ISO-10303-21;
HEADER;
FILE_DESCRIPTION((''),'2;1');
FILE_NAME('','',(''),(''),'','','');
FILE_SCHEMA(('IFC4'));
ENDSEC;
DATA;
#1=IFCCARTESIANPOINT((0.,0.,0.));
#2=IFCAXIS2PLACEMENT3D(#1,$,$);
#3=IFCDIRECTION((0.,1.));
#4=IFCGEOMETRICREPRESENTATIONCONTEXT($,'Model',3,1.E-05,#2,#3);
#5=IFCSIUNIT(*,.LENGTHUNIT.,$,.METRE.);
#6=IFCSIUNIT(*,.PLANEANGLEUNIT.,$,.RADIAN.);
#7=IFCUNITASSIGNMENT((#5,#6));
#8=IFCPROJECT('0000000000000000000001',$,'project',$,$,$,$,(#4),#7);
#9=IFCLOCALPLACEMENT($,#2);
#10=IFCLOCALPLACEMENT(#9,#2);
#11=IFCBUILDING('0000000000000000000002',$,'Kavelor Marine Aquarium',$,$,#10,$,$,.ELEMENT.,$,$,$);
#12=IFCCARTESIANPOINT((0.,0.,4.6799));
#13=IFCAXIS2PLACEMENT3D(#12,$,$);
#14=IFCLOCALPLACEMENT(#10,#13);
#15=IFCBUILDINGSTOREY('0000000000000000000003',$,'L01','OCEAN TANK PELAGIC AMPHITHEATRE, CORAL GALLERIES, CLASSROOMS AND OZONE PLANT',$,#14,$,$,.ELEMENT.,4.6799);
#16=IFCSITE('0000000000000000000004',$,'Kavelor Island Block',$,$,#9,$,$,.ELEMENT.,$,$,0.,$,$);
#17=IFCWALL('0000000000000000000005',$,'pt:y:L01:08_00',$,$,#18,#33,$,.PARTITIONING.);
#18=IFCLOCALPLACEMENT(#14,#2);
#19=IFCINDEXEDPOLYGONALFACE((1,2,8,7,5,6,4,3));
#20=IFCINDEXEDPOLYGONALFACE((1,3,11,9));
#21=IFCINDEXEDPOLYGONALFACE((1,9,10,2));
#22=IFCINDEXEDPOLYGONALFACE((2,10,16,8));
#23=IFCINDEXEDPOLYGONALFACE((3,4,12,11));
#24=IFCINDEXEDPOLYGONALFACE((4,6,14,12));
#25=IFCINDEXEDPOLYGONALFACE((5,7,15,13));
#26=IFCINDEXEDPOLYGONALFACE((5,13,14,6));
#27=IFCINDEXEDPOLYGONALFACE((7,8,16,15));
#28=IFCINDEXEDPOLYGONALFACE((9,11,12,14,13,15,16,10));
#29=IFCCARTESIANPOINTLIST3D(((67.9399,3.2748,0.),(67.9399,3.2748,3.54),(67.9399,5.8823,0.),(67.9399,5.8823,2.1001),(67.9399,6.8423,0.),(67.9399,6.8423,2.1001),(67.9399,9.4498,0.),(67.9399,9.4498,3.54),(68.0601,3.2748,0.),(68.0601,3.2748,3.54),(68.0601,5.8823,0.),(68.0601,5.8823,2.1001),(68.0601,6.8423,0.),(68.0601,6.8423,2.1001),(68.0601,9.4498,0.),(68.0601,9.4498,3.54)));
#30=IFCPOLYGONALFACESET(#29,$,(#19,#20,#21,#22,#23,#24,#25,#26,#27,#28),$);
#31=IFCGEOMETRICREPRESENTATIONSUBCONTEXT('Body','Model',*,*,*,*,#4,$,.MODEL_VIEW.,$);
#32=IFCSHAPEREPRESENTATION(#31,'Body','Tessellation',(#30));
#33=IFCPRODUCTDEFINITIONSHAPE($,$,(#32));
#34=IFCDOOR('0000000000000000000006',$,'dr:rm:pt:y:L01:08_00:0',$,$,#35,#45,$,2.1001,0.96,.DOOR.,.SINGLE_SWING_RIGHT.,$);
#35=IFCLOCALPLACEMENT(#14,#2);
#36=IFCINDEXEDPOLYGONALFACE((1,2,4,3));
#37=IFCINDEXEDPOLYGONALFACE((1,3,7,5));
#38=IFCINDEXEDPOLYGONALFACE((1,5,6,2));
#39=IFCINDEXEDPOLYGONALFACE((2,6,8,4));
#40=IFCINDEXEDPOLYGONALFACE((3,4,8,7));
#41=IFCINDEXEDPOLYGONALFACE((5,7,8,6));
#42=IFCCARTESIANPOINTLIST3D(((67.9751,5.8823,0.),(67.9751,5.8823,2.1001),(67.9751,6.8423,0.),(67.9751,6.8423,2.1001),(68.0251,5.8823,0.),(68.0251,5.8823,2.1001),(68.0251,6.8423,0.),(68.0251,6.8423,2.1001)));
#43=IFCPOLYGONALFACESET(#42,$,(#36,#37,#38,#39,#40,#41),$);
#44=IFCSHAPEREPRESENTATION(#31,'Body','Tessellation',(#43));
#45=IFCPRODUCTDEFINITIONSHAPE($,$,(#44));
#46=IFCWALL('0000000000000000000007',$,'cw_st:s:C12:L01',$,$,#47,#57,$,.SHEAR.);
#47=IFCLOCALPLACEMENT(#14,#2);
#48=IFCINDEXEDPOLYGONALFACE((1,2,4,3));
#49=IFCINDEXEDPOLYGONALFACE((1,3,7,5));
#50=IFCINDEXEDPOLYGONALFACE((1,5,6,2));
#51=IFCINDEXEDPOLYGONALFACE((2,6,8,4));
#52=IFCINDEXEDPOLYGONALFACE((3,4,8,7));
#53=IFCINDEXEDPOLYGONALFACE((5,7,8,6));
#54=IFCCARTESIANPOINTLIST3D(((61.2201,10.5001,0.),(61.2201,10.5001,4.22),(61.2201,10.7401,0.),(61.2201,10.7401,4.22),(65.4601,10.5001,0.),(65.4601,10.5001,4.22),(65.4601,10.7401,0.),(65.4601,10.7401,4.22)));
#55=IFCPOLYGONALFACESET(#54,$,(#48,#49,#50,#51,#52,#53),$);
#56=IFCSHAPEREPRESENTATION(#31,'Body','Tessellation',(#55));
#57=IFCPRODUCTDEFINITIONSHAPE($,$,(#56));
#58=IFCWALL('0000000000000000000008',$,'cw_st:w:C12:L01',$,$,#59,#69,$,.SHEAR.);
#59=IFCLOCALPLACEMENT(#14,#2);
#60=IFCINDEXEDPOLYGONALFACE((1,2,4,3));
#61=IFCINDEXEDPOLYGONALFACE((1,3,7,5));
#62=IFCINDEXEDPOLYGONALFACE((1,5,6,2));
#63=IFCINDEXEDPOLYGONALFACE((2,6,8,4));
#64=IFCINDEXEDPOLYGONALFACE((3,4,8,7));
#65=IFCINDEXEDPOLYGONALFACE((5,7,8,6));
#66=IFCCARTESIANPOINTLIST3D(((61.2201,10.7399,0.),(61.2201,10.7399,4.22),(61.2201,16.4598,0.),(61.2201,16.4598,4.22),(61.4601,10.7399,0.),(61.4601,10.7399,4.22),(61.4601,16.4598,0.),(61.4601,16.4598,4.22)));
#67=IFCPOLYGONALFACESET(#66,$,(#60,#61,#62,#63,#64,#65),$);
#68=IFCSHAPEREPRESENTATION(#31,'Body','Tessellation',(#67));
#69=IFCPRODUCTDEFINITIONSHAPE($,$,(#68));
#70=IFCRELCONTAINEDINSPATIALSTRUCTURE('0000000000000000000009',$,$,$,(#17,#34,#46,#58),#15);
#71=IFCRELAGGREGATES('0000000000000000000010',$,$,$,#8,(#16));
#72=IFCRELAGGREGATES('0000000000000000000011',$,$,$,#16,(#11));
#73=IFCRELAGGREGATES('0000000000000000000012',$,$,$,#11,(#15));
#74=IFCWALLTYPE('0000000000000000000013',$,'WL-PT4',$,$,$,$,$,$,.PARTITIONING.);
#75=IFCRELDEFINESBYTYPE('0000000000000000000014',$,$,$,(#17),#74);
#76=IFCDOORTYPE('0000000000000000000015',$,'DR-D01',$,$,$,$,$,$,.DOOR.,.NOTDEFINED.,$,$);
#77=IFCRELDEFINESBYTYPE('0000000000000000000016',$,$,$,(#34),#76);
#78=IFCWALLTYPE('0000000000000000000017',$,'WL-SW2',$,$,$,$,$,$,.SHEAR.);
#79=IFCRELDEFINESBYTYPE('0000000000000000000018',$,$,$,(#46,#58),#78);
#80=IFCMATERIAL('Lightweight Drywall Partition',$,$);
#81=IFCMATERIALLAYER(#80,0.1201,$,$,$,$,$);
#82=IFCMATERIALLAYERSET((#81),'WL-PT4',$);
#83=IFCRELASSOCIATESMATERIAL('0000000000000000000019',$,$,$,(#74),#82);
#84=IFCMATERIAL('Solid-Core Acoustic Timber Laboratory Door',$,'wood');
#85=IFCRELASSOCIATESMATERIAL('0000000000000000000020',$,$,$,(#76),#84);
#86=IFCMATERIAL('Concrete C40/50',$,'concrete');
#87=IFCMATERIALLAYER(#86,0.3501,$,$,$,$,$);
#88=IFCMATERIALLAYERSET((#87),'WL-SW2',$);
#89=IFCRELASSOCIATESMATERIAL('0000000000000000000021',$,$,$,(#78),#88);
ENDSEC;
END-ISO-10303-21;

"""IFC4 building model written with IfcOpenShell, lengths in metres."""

from ifc_helpers import new_model, si_unit, direction, frame, frame_2d, origin, place, context, subcontext, project, spatial, rectangle, extrude, material, layer, layer_set, type_object, element, fill, save


model = new_model("IFC4")

# Units and contexts
model_context = context("Model", 3, precision=1e-05, world=origin(), true_north=direction((0.0, 1.0)))
body_context = subcontext(model_context, "Body", "Model", "MODEL_VIEW")
ifc_project = project(units=[si_unit("LENGTHUNIT", "METRE"), si_unit("PLANEANGLEUNIT", "RADIAN")], contexts=[model_context])

# Site, building, storey
site_placement = place(None, origin())
site = spatial("IfcSite", under=ifc_project, at=site_placement, Name="Kavelor Island Block", CompositionType="ELEMENT", RefElevation=0.0)
building_placement = place(site_placement, origin())
building = spatial("IfcBuilding", under=site, at=building_placement, Name="Kavelor Marine Aquarium", CompositionType="ELEMENT")
storey_placement = place(building_placement, frame((0.0, 0.0, 4.6799)))
storey = spatial("IfcBuildingStorey", under=building, at=storey_placement, Name="L01", Description="OCEAN TANK PELAGIC AMPHITHEATRE, CORAL GALLERIES, CLASSROOMS AND OZONE PLANT", CompositionType="ELEMENT", Elevation=4.6799)

# Wall, opening, door
ifc_material_1 = material(Name="Lightweight Drywall Partition")
ifc_layer_1 = layer(ifc_material_1, 0.1201)
ifc_layer_set_1 = layer_set([ifc_layer_1], Name="WL-PT4")
wall_type_1 = type_object("IfcWallType", Name="WL-PT4", PredefinedType="PARTITIONING", material=ifc_layer_set_1)
wall_1_placement = place(storey_placement, frame((68.0, 3.2749, 0.0), z_axis=(0.0, 0.0, 1.0), x_axis=(0.0, 1.0, 0.0)))
wall_1 = element("IfcWall", 1, at=wall_1_placement, inside=storey, type_object=wall_type_1, Name="pt:y:L01:08_00", PredefinedType="PARTITIONING", context=body_context, shape_type="SweptSolid", body=[
    extrude(rectangle(XDim=6.175, YDim=0.1201, at=frame_2d((3.0874, 0.0))), origin(), (0.0, 0.0, 1.0), 3.54),
])
opening_1_placement = place(wall_1_placement, frame((2.6074, 0.0, 0.0)))
opening_1 = element("IfcOpeningElement", 2, at=opening_1_placement, cuts=wall_1, PredefinedType="OPENING", context=body_context, shape_type="SweptSolid", body=[
    extrude(rectangle(XDim=0.96, YDim=2.1001, at=frame_2d((0.48, 1.05))), frame((0.0, 0.0701, 0.0), z_axis=(0.0, -1.0, 0.0), x_axis=(1.0, 0.0, 0.0)), (0.0, 0.0, 1.0), 0.1401),
])
ifc_material_2 = material(Name="Solid-Core Acoustic Timber Laboratory Door", Category="wood")
door_type_1 = type_object("IfcDoorType", Name="DR-D01", OperationType="NOTDEFINED", PredefinedType="DOOR", material=ifc_material_2)
door_1_placement = place(opening_1_placement, origin())
door_1 = element("IfcDoor", 3, at=door_1_placement, inside=storey, type_object=door_type_1, Name="dr:rm:pt:y:L01:08_00:0", OperationType="SINGLE_SWING_RIGHT", OverallHeight=2.1001, OverallWidth=0.96, PredefinedType="DOOR", context=body_context, shape_type="SweptSolid", body=[
    extrude(rectangle(XDim=0.96, YDim=2.1001, at=frame_2d((0.48, 1.05))), frame((0.0, 0.0249, 0.0), z_axis=(0.0, -1.0, 0.0), x_axis=(1.0, 0.0, 0.0)), (0.0, 0.0, 1.0), 0.05),
])
fill(opening_1, door_1)

# Walls
ifc_material_3 = material(Name="Concrete C40/50", Category="concrete")
ifc_layer_2 = layer(ifc_material_3, 0.3501)
ifc_layer_set_2 = layer_set([ifc_layer_2], Name="WL-SW2")
wall_type_2 = type_object("IfcWallType", Name="WL-SW2", PredefinedType="SHEAR", material=ifc_layer_set_2)
wall_2_placement = place(storey_placement, frame((61.22, 10.6201, 0.0), z_axis=(0.0, 0.0, 1.0), x_axis=(1.0, 0.0, 0.0)))
element("IfcWall", 4, at=wall_2_placement, inside=storey, type_object=wall_type_2, Name="cw_st:s:C12:L01", PredefinedType="SHEAR", context=body_context, shape_type="SweptSolid", body=[
    extrude(rectangle(XDim=4.24, YDim=0.24, at=frame_2d((2.1201, 0.0))), origin(), (0.0, 0.0, 1.0), 4.22),
])
wall_3_placement = place(storey_placement, frame((61.3401, 10.74, 0.0), z_axis=(0.0, 0.0, 1.0), x_axis=(0.0, 1.0, 0.0)))
element("IfcWall", 5, at=wall_3_placement, inside=storey, type_object=wall_type_2, Name="cw_st:w:C12:L01", PredefinedType="SHEAR", context=body_context, shape_type="SweptSolid", body=[
    extrude(rectangle(XDim=5.72, YDim=0.24, at=frame_2d((2.8599, 0.0))), origin(), (0.0, 0.0, 1.0), 4.22),
])

save(model, "model.ifc")
